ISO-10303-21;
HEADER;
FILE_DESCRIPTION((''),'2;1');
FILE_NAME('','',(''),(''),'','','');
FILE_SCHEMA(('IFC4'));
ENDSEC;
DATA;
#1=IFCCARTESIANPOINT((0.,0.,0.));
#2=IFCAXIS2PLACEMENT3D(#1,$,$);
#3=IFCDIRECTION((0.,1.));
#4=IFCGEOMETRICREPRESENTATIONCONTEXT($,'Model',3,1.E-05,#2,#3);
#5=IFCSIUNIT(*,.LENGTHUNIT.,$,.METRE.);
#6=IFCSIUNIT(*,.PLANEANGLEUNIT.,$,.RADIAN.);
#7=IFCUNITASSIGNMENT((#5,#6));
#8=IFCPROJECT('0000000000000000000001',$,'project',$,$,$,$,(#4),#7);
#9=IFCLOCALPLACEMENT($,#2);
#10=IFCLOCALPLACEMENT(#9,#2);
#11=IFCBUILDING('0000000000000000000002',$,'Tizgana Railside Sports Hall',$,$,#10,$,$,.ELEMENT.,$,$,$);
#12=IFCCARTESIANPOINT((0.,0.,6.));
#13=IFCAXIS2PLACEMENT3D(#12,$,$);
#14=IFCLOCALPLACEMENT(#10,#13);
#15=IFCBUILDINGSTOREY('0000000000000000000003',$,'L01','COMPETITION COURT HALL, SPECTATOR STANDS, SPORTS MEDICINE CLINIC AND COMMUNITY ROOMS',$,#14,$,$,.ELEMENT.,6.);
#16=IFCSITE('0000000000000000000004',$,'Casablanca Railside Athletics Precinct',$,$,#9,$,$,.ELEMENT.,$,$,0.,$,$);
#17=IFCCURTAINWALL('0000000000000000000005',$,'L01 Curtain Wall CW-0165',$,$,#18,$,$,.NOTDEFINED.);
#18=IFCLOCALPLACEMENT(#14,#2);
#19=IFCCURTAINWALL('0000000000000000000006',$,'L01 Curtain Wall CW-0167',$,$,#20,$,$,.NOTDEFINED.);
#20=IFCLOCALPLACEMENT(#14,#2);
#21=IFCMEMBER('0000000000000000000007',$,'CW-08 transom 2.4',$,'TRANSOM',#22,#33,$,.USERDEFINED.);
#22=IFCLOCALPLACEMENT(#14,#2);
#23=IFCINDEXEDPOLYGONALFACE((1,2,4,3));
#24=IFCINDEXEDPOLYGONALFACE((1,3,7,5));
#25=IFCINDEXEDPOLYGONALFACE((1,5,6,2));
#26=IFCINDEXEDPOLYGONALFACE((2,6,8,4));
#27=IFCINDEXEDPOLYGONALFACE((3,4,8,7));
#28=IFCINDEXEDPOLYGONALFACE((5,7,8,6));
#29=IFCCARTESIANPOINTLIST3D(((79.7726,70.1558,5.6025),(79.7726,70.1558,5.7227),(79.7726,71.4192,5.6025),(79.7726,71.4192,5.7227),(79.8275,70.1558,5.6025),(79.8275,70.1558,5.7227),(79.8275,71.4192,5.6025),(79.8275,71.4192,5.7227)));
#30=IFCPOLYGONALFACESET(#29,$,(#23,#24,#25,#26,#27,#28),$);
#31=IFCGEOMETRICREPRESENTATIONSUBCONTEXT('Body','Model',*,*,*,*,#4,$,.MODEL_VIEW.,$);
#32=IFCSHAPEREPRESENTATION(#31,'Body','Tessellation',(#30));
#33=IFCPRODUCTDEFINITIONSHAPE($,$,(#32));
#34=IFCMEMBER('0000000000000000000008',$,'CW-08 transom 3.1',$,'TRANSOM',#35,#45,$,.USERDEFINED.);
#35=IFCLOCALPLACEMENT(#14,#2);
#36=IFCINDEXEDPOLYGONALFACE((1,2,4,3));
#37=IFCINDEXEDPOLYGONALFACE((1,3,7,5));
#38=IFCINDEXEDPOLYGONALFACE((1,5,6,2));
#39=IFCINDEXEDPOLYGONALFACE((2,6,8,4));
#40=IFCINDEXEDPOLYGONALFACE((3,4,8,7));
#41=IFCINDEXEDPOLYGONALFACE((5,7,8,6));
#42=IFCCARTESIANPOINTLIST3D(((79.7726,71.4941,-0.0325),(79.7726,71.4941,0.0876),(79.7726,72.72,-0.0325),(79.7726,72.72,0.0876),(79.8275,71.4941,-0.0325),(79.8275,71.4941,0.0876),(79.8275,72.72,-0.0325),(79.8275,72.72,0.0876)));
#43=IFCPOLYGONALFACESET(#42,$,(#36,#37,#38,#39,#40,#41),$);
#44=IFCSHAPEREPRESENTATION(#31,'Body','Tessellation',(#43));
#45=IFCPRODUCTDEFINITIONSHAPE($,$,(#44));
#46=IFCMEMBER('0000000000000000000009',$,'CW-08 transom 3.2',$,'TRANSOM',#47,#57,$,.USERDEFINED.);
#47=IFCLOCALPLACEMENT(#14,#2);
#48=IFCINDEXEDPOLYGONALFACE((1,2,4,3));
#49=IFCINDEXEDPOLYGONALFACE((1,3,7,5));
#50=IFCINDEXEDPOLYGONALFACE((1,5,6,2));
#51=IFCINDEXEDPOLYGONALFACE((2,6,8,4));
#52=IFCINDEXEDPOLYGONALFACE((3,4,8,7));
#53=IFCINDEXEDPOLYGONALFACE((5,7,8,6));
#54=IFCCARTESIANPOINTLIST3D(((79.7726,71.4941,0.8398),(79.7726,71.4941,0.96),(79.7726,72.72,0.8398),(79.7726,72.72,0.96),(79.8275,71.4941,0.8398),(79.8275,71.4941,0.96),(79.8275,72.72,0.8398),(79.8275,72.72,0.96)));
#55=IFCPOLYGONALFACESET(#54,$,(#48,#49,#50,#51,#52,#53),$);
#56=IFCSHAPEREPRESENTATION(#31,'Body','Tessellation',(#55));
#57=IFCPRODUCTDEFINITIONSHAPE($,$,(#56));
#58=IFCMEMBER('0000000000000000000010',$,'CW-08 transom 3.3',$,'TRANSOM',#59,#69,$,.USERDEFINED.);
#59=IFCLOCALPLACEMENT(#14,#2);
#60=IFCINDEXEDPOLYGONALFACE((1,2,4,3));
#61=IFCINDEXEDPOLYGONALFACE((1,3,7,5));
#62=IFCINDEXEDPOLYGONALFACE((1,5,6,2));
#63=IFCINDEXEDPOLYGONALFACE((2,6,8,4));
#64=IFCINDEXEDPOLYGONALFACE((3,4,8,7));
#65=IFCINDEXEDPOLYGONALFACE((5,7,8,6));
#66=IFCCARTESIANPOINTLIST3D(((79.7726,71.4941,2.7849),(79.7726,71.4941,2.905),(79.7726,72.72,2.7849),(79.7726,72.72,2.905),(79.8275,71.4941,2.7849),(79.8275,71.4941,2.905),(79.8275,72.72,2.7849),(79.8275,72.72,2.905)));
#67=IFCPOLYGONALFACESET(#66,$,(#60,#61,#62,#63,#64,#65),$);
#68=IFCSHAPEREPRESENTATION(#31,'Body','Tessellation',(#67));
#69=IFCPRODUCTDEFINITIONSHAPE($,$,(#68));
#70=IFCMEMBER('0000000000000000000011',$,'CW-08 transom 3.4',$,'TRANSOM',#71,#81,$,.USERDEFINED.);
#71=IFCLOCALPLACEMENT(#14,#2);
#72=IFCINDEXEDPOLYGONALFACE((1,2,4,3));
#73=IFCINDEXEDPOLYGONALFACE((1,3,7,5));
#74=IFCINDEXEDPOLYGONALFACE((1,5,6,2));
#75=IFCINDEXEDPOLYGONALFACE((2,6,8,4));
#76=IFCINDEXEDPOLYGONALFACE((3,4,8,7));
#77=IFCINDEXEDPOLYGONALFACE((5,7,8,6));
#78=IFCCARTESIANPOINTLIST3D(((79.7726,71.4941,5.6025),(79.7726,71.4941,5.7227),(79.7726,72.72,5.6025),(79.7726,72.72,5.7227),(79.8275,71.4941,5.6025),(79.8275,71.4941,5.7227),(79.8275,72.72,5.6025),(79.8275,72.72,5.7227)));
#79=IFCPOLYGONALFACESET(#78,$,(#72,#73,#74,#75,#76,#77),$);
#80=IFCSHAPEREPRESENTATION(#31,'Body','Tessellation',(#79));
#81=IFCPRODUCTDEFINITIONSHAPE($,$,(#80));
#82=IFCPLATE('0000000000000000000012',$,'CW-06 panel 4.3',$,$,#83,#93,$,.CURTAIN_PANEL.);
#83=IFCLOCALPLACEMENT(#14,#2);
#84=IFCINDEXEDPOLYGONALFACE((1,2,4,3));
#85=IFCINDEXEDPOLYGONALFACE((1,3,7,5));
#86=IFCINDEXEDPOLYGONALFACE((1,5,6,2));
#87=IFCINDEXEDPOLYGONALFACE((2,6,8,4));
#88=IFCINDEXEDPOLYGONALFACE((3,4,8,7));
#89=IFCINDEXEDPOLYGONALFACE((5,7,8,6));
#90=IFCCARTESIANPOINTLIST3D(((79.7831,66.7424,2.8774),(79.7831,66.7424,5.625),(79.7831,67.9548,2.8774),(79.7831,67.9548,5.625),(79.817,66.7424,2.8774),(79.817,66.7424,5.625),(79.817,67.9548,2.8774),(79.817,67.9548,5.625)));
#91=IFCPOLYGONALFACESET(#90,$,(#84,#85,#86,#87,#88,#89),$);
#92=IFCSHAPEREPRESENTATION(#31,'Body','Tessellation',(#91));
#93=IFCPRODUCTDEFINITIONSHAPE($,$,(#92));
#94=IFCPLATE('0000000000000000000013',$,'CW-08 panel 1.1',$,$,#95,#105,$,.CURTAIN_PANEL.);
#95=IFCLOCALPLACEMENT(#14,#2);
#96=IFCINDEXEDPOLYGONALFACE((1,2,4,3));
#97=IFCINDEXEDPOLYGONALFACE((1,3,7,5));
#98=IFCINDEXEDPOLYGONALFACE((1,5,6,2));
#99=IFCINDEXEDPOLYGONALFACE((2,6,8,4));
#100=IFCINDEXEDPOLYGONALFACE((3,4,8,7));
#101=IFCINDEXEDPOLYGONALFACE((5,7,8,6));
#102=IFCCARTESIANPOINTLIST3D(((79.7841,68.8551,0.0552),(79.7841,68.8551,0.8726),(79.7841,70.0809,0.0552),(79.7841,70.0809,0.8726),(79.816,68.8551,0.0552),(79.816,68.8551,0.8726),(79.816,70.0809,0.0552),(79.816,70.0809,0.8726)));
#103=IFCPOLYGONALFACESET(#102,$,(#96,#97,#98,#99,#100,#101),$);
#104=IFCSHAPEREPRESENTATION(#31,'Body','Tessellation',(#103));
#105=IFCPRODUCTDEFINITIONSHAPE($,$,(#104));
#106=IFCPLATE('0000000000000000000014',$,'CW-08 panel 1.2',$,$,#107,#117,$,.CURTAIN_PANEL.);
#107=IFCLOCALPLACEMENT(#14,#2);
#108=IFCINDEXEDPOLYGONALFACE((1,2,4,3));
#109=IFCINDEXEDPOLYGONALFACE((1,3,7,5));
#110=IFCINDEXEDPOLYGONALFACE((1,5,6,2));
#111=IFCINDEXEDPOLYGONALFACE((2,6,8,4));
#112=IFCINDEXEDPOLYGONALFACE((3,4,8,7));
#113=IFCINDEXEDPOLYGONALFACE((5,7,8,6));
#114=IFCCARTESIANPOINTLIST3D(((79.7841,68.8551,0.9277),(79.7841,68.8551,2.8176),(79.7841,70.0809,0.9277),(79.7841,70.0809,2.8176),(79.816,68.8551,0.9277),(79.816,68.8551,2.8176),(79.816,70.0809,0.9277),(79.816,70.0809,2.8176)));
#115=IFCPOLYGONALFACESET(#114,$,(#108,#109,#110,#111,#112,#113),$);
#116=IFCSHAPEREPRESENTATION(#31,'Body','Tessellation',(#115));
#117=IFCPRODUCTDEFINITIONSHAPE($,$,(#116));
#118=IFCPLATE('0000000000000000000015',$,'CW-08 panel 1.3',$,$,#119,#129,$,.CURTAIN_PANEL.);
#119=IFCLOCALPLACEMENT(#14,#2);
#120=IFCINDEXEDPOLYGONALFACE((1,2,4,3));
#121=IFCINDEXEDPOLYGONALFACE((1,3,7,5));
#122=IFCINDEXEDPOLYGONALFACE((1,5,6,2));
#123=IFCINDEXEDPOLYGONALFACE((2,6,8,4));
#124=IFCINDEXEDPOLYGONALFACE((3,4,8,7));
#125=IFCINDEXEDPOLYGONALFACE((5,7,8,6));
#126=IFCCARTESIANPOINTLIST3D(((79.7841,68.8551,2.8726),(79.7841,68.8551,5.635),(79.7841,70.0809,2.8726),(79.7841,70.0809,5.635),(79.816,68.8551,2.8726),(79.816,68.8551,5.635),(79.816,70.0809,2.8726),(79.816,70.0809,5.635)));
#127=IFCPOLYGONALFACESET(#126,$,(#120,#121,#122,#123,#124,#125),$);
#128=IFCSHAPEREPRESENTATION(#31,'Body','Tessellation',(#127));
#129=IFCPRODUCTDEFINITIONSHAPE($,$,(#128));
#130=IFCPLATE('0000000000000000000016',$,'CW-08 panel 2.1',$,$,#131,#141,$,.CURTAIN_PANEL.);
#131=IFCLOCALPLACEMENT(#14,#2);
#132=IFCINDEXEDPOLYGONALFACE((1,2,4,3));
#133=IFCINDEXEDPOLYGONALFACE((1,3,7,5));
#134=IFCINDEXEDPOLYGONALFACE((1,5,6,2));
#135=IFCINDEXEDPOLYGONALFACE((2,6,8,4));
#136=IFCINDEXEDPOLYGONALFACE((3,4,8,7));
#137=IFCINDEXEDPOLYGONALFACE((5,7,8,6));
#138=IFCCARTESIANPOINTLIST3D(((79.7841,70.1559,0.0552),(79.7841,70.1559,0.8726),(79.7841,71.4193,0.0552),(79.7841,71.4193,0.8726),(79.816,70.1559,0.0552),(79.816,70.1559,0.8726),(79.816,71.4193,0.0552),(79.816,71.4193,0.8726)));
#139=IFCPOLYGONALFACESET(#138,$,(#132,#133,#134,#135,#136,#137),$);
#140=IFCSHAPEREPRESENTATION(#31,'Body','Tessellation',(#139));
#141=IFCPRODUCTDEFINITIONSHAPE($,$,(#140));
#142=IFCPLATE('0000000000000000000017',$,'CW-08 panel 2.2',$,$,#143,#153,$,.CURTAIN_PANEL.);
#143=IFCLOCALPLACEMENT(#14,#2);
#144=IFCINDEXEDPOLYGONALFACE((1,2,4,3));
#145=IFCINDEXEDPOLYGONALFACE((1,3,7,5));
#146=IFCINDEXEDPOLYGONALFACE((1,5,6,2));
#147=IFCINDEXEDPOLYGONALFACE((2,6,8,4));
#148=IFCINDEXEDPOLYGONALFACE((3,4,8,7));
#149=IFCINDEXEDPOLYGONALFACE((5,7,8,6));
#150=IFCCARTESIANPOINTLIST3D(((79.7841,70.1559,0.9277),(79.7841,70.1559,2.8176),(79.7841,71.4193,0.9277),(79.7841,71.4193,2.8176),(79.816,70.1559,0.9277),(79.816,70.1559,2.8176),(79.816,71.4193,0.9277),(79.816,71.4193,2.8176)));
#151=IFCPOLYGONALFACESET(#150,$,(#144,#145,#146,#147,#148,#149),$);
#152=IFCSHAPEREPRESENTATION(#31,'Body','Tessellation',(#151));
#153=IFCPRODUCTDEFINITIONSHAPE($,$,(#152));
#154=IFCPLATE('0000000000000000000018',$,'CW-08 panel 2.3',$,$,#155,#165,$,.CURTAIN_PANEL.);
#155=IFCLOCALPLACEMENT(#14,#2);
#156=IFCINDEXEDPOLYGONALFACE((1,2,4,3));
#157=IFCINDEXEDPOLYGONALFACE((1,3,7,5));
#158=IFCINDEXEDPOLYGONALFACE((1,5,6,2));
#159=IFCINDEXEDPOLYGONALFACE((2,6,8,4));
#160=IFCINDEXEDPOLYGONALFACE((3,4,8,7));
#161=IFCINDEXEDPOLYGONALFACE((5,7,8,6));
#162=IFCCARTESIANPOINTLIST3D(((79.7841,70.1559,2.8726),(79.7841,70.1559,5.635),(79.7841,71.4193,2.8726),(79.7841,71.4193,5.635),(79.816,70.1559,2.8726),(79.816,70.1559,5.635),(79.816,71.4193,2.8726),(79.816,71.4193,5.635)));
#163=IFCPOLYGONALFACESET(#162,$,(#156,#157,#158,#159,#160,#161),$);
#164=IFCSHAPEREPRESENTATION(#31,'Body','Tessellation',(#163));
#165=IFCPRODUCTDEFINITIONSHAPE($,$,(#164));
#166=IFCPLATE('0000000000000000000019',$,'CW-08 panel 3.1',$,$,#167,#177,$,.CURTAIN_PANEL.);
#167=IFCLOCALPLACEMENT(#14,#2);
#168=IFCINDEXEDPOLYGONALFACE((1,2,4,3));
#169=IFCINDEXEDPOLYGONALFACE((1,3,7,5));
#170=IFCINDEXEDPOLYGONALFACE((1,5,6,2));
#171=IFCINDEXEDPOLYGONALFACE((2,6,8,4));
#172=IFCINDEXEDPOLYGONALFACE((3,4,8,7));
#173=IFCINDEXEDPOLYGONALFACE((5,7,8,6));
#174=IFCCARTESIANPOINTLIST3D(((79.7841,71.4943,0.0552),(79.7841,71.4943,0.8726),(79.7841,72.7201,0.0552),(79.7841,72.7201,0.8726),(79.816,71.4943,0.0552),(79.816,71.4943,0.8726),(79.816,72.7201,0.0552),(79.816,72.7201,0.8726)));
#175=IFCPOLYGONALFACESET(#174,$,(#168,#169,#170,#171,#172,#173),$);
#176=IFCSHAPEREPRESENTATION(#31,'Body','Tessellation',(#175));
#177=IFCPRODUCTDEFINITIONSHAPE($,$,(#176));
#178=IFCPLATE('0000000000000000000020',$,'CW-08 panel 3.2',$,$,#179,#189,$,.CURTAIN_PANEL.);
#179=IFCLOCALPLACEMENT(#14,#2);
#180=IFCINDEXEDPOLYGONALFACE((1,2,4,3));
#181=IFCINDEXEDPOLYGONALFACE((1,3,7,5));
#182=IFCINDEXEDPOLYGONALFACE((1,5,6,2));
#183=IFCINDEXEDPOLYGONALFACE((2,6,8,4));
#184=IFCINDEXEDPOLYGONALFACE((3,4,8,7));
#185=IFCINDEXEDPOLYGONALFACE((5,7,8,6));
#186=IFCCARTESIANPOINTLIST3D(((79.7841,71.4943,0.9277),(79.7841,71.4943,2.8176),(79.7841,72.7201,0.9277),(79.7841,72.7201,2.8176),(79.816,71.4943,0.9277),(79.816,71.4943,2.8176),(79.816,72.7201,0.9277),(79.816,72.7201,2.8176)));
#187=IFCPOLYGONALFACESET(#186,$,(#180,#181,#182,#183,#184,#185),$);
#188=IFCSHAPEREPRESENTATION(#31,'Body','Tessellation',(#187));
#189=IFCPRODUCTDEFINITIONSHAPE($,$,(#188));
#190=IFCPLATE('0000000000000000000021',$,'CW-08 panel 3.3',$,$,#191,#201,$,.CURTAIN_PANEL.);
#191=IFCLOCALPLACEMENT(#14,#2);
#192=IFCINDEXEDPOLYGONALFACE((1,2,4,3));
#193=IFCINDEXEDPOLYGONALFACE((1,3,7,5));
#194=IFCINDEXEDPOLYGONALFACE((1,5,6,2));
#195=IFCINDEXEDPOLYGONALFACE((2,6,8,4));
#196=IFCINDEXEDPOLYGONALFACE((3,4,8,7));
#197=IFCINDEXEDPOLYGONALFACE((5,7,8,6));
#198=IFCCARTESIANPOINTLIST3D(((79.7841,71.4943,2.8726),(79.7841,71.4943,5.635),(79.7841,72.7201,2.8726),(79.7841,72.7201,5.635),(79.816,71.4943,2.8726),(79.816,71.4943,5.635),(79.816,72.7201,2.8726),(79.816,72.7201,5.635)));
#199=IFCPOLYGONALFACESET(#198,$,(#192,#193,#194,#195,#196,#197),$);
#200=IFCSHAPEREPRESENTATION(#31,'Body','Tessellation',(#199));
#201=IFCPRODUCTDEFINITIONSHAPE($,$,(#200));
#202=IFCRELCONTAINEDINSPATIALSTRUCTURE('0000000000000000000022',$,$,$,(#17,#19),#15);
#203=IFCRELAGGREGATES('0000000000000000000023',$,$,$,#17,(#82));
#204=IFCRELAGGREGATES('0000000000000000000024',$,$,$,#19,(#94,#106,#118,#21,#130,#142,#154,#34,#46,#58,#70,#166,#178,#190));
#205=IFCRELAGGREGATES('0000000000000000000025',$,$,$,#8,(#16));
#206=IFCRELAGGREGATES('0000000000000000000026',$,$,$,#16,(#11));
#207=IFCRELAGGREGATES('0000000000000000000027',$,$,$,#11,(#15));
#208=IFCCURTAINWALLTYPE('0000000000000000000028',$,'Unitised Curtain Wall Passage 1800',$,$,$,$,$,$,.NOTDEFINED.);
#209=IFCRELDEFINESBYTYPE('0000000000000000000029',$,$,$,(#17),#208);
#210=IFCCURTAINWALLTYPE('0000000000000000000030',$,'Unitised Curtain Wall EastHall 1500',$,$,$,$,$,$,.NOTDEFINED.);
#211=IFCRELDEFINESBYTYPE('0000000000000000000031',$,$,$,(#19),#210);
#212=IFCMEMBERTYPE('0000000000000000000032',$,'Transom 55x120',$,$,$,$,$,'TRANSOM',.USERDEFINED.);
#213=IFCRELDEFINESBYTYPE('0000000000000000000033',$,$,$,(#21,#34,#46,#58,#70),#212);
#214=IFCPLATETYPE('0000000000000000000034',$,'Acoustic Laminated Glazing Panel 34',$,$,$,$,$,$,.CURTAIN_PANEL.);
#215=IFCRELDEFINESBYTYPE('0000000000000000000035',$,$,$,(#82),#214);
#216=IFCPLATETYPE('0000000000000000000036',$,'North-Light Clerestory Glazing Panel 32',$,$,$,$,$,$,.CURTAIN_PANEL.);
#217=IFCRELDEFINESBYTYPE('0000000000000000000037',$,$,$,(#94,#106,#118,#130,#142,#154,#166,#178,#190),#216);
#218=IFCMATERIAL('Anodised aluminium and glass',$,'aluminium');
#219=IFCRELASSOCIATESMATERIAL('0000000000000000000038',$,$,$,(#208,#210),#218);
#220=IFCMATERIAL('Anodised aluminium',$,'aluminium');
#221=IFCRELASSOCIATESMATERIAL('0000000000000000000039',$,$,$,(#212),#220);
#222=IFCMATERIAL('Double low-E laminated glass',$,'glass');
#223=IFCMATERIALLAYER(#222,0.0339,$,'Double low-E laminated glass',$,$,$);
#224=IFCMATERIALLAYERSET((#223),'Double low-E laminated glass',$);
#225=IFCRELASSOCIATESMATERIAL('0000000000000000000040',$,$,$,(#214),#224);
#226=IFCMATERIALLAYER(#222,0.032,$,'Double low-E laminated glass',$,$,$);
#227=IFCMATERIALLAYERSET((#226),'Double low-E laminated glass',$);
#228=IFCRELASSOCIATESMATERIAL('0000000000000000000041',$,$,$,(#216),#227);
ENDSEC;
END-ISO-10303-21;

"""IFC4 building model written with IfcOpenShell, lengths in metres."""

from ifc_helpers import new_model, si_unit, direction, frame, origin, origin_2d, place, context, subcontext, project, spatial, rectangle, extrude, material, layer, layer_set, material_profile, profile_set, type_object, element, aggregate, save


model = new_model("IFC4")

# Units and contexts
model_context = context("Model", 3, precision=1e-05, world=origin(), true_north=direction((0.0, 1.0)))
body_context = subcontext(model_context, "Body", "Model", "MODEL_VIEW")
ifc_project = project(units=[si_unit("LENGTHUNIT", "METRE"), si_unit("PLANEANGLEUNIT", "RADIAN")], contexts=[model_context])

# Site, building, storey
site_placement = place(None, origin())
site = spatial("IfcSite", under=ifc_project, at=site_placement, Name="Casablanca Railside Athletics Precinct", CompositionType="ELEMENT", RefElevation=0.0)
building_placement = place(site_placement, origin())
building = spatial("IfcBuilding", under=site, at=building_placement, Name="Tizgana Railside Sports Hall", CompositionType="ELEMENT")
storey_placement = place(building_placement, frame((0.0, 0.0, 6.0)))
storey = spatial("IfcBuildingStorey", under=building, at=storey_placement, Name="L01", Description="COMPETITION COURT HALL, SPECTATOR STANDS, SPORTS MEDICINE CLINIC AND COMMUNITY ROOMS", CompositionType="ELEMENT", Elevation=6.0)

# Curtain wall
ifc_material_1 = material(Name="Anodised aluminium and glass", Category="aluminium")
curtain_wall_type_1 = type_object("IfcCurtainWallType", Name="Unitised Curtain Wall Passage 1800", PredefinedType="NOTDEFINED", material=ifc_material_1)
curtain_wall_1_placement = place(storey_placement, origin())
curtain_wall_1 = element("IfcCurtainWall", 1, at=curtain_wall_1_placement, inside=storey, type_object=curtain_wall_type_1, Name="L01 Curtain Wall CW-0165", PredefinedType="NOTDEFINED")
ifc_material_2 = material(Name="Anodised aluminium", Category="aluminium")

# Curtain wall
curtain_wall_type_2 = type_object("IfcCurtainWallType", Name="Unitised Curtain Wall EastHall 1500", PredefinedType="NOTDEFINED", material=ifc_material_1)
curtain_wall_2_placement = place(storey_placement, origin())
curtain_wall_2 = element("IfcCurtainWall", 2, at=curtain_wall_2_placement, inside=storey, type_object=curtain_wall_type_2, Name="L01 Curtain Wall CW-0167", PredefinedType="NOTDEFINED")

# Members
ifc_material_profile_1 = material_profile(ifc_material_2, rectangle(XDim=0.0549, YDim=0.1201, at=origin_2d()), Name="Transom 55x120")
ifc_profile_set_1 = profile_set([ifc_material_profile_1], Name="Anodised aluminium")
member_type_1 = type_object("IfcMemberType", Name="Transom 55x120", ElementType="TRANSOM", PredefinedType="USERDEFINED", material=ifc_profile_set_1)
member_1_placement = place(storey_placement, frame((79.8, 70.1558, 5.6626), z_axis=(0.0, 1.0, 0.0), x_axis=(-1.0, 0.0, 0.0)))
member_1 = element("IfcMember", 3, at=member_1_placement, type_object=member_type_1, Name="CW-08 transom 2.4", ObjectType="TRANSOM", PredefinedType="USERDEFINED", context=body_context, shape_type="SweptSolid", body=[
    extrude(rectangle(XDim=0.0549, YDim=0.1201, at=origin_2d()), origin(), (0.0, 0.0, 1.0), 1.2634),
])
member_2_placement = place(storey_placement, frame((79.8, 71.4941, 0.0276), z_axis=(0.0, 1.0, 0.0), x_axis=(-1.0, 0.0, 0.0)))
member_2 = element("IfcMember", 4, at=member_2_placement, type_object=member_type_1, Name="CW-08 transom 3.1", ObjectType="TRANSOM", PredefinedType="USERDEFINED", context=body_context, shape_type="SweptSolid", body=[
    extrude(rectangle(XDim=0.0549, YDim=0.1201, at=origin_2d()), origin(), (0.0, 0.0, 1.0), 1.2258),
])
member_3_placement = place(storey_placement, frame((79.8, 71.4941, 0.8999), z_axis=(0.0, 1.0, 0.0), x_axis=(-1.0, 0.0, 0.0)))
member_3 = element("IfcMember", 5, at=member_3_placement, type_object=member_type_1, Name="CW-08 transom 3.2", ObjectType="TRANSOM", PredefinedType="USERDEFINED", context=body_context, shape_type="SweptSolid", body=[
    extrude(rectangle(XDim=0.0549, YDim=0.1201, at=origin_2d()), origin(), (0.0, 0.0, 1.0), 1.2258),
])
member_4_placement = place(storey_placement, frame((79.8, 71.4941, 2.845), z_axis=(0.0, 1.0, 0.0), x_axis=(-1.0, 0.0, 0.0)))
member_4 = element("IfcMember", 6, at=member_4_placement, type_object=member_type_1, Name="CW-08 transom 3.3", ObjectType="TRANSOM", PredefinedType="USERDEFINED", context=body_context, shape_type="SweptSolid", body=[
    extrude(rectangle(XDim=0.0549, YDim=0.1201, at=origin_2d()), origin(), (0.0, 0.0, 1.0), 1.2258),
])
member_5_placement = place(storey_placement, frame((79.8, 71.4941, 5.6626), z_axis=(0.0, 1.0, 0.0), x_axis=(-1.0, 0.0, 0.0)))
member_5 = element("IfcMember", 7, at=member_5_placement, type_object=member_type_1, Name="CW-08 transom 3.4", ObjectType="TRANSOM", PredefinedType="USERDEFINED", context=body_context, shape_type="SweptSolid", body=[
    extrude(rectangle(XDim=0.0549, YDim=0.1201, at=origin_2d()), origin(), (0.0, 0.0, 1.0), 1.2258),
])

# Plates
ifc_material_3 = material(Name="Double low-E laminated glass", Category="glass")
ifc_layer_1 = layer(ifc_material_3, 0.0339, Name="Double low-E laminated glass")
ifc_layer_set_1 = layer_set([ifc_layer_1], Name="Double low-E laminated glass")
plate_type_1 = type_object("IfcPlateType", Name="Acoustic Laminated Glazing Panel 34", PredefinedType="CURTAIN_PANEL", material=ifc_layer_set_1)
plate_1_placement = place(storey_placement, frame((79.8, 67.3486, 2.8774), z_axis=(0.0, 0.0, 1.0), x_axis=(0.0, 1.0, 0.0)))
plate_1 = element("IfcPlate", 8, at=plate_1_placement, type_object=plate_type_1, Name="CW-06 panel 4.3", PredefinedType="CURTAIN_PANEL", context=body_context, shape_type="SweptSolid", body=[
    extrude(rectangle(XDim=1.2124, YDim=0.0339, at=origin_2d()), origin(), (0.0, 0.0, 1.0), 2.7476),
])
aggregate(curtain_wall_1, [plate_1])
ifc_layer_2 = layer(ifc_material_3, 0.032, Name="Double low-E laminated glass")
ifc_layer_set_2 = layer_set([ifc_layer_2], Name="Double low-E laminated glass")
plate_type_2 = type_object("IfcPlateType", Name="North-Light Clerestory Glazing Panel 32", PredefinedType="CURTAIN_PANEL", material=ifc_layer_set_2)
plate_2_placement = place(storey_placement, frame((79.8, 69.468, 0.0552), z_axis=(0.0, 0.0, 1.0), x_axis=(0.0, 1.0, 0.0)))
plate_2 = element("IfcPlate", 9, at=plate_2_placement, type_object=plate_type_2, Name="CW-08 panel 1.1", PredefinedType="CURTAIN_PANEL", context=body_context, shape_type="SweptSolid", body=[
    extrude(rectangle(XDim=1.2258, YDim=0.032, at=origin_2d()), origin(), (0.0, 0.0, 1.0), 0.8174),
])
plate_3_placement = place(storey_placement, frame((79.8, 69.468, 0.9277), z_axis=(0.0, 0.0, 1.0), x_axis=(0.0, 1.0, 0.0)))
plate_3 = element("IfcPlate", 10, at=plate_3_placement, type_object=plate_type_2, Name="CW-08 panel 1.2", PredefinedType="CURTAIN_PANEL", context=body_context, shape_type="SweptSolid", body=[
    extrude(rectangle(XDim=1.2258, YDim=0.032, at=origin_2d()), origin(), (0.0, 0.0, 1.0), 1.8899),
])
plate_4_placement = place(storey_placement, frame((79.8, 69.468, 2.8726), z_axis=(0.0, 0.0, 1.0), x_axis=(0.0, 1.0, 0.0)))
plate_4 = element("IfcPlate", 11, at=plate_4_placement, type_object=plate_type_2, Name="CW-08 panel 1.3", PredefinedType="CURTAIN_PANEL", context=body_context, shape_type="SweptSolid", body=[
    extrude(rectangle(XDim=1.2258, YDim=0.032, at=origin_2d()), origin(), (0.0, 0.0, 1.0), 2.7625),
])
plate_5_placement = place(storey_placement, frame((79.8, 70.7876, 0.0552), z_axis=(0.0, 0.0, 1.0), x_axis=(0.0, 1.0, 0.0)))
plate_5 = element("IfcPlate", 12, at=plate_5_placement, type_object=plate_type_2, Name="CW-08 panel 2.1", PredefinedType="CURTAIN_PANEL", context=body_context, shape_type="SweptSolid", body=[
    extrude(rectangle(XDim=1.2634, YDim=0.032, at=origin_2d()), origin(), (0.0, 0.0, 1.0), 0.8174),
])
plate_6_placement = place(storey_placement, frame((79.8, 70.7876, 0.9277), z_axis=(0.0, 0.0, 1.0), x_axis=(0.0, 1.0, 0.0)))
plate_6 = element("IfcPlate", 13, at=plate_6_placement, type_object=plate_type_2, Name="CW-08 panel 2.2", PredefinedType="CURTAIN_PANEL", context=body_context, shape_type="SweptSolid", body=[
    extrude(rectangle(XDim=1.2634, YDim=0.032, at=origin_2d()), origin(), (0.0, 0.0, 1.0), 1.8899),
])
plate_7_placement = place(storey_placement, frame((79.8, 70.7876, 2.8726), z_axis=(0.0, 0.0, 1.0), x_axis=(0.0, 1.0, 0.0)))
plate_7 = element("IfcPlate", 14, at=plate_7_placement, type_object=plate_type_2, Name="CW-08 panel 2.3", PredefinedType="CURTAIN_PANEL", context=body_context, shape_type="SweptSolid", body=[
    extrude(rectangle(XDim=1.2634, YDim=0.032, at=origin_2d()), origin(), (0.0, 0.0, 1.0), 2.7625),
])
plate_8_placement = place(storey_placement, frame((79.8, 72.1072, 0.0552), z_axis=(0.0, 0.0, 1.0), x_axis=(0.0, 1.0, 0.0)))
plate_8 = element("IfcPlate", 15, at=plate_8_placement, type_object=plate_type_2, Name="CW-08 panel 3.1", PredefinedType="CURTAIN_PANEL", context=body_context, shape_type="SweptSolid", body=[
    extrude(rectangle(XDim=1.2258, YDim=0.032, at=origin_2d()), origin(), (0.0, 0.0, 1.0), 0.8174),
])
plate_9_placement = place(storey_placement, frame((79.8, 72.1072, 0.9277), z_axis=(0.0, 0.0, 1.0), x_axis=(0.0, 1.0, 0.0)))
plate_9 = element("IfcPlate", 16, at=plate_9_placement, type_object=plate_type_2, Name="CW-08 panel 3.2", PredefinedType="CURTAIN_PANEL", context=body_context, shape_type="SweptSolid", body=[
    extrude(rectangle(XDim=1.2258, YDim=0.032, at=origin_2d()), origin(), (0.0, 0.0, 1.0), 1.8899),
])
plate_10_placement = place(storey_placement, frame((79.8, 72.1072, 2.8726), z_axis=(0.0, 0.0, 1.0), x_axis=(0.0, 1.0, 0.0)))
plate_10 = element("IfcPlate", 17, at=plate_10_placement, type_object=plate_type_2, Name="CW-08 panel 3.3", PredefinedType="CURTAIN_PANEL", context=body_context, shape_type="SweptSolid", body=[
    extrude(rectangle(XDim=1.2258, YDim=0.032, at=origin_2d()), origin(), (0.0, 0.0, 1.0), 2.7625),
])
aggregate(curtain_wall_2, [plate_2, plate_3, plate_4, member_1, plate_5, plate_6, plate_7, member_2, member_3, member_4, member_5, plate_8, plate_9, plate_10])

save(model, "model.ifc")
